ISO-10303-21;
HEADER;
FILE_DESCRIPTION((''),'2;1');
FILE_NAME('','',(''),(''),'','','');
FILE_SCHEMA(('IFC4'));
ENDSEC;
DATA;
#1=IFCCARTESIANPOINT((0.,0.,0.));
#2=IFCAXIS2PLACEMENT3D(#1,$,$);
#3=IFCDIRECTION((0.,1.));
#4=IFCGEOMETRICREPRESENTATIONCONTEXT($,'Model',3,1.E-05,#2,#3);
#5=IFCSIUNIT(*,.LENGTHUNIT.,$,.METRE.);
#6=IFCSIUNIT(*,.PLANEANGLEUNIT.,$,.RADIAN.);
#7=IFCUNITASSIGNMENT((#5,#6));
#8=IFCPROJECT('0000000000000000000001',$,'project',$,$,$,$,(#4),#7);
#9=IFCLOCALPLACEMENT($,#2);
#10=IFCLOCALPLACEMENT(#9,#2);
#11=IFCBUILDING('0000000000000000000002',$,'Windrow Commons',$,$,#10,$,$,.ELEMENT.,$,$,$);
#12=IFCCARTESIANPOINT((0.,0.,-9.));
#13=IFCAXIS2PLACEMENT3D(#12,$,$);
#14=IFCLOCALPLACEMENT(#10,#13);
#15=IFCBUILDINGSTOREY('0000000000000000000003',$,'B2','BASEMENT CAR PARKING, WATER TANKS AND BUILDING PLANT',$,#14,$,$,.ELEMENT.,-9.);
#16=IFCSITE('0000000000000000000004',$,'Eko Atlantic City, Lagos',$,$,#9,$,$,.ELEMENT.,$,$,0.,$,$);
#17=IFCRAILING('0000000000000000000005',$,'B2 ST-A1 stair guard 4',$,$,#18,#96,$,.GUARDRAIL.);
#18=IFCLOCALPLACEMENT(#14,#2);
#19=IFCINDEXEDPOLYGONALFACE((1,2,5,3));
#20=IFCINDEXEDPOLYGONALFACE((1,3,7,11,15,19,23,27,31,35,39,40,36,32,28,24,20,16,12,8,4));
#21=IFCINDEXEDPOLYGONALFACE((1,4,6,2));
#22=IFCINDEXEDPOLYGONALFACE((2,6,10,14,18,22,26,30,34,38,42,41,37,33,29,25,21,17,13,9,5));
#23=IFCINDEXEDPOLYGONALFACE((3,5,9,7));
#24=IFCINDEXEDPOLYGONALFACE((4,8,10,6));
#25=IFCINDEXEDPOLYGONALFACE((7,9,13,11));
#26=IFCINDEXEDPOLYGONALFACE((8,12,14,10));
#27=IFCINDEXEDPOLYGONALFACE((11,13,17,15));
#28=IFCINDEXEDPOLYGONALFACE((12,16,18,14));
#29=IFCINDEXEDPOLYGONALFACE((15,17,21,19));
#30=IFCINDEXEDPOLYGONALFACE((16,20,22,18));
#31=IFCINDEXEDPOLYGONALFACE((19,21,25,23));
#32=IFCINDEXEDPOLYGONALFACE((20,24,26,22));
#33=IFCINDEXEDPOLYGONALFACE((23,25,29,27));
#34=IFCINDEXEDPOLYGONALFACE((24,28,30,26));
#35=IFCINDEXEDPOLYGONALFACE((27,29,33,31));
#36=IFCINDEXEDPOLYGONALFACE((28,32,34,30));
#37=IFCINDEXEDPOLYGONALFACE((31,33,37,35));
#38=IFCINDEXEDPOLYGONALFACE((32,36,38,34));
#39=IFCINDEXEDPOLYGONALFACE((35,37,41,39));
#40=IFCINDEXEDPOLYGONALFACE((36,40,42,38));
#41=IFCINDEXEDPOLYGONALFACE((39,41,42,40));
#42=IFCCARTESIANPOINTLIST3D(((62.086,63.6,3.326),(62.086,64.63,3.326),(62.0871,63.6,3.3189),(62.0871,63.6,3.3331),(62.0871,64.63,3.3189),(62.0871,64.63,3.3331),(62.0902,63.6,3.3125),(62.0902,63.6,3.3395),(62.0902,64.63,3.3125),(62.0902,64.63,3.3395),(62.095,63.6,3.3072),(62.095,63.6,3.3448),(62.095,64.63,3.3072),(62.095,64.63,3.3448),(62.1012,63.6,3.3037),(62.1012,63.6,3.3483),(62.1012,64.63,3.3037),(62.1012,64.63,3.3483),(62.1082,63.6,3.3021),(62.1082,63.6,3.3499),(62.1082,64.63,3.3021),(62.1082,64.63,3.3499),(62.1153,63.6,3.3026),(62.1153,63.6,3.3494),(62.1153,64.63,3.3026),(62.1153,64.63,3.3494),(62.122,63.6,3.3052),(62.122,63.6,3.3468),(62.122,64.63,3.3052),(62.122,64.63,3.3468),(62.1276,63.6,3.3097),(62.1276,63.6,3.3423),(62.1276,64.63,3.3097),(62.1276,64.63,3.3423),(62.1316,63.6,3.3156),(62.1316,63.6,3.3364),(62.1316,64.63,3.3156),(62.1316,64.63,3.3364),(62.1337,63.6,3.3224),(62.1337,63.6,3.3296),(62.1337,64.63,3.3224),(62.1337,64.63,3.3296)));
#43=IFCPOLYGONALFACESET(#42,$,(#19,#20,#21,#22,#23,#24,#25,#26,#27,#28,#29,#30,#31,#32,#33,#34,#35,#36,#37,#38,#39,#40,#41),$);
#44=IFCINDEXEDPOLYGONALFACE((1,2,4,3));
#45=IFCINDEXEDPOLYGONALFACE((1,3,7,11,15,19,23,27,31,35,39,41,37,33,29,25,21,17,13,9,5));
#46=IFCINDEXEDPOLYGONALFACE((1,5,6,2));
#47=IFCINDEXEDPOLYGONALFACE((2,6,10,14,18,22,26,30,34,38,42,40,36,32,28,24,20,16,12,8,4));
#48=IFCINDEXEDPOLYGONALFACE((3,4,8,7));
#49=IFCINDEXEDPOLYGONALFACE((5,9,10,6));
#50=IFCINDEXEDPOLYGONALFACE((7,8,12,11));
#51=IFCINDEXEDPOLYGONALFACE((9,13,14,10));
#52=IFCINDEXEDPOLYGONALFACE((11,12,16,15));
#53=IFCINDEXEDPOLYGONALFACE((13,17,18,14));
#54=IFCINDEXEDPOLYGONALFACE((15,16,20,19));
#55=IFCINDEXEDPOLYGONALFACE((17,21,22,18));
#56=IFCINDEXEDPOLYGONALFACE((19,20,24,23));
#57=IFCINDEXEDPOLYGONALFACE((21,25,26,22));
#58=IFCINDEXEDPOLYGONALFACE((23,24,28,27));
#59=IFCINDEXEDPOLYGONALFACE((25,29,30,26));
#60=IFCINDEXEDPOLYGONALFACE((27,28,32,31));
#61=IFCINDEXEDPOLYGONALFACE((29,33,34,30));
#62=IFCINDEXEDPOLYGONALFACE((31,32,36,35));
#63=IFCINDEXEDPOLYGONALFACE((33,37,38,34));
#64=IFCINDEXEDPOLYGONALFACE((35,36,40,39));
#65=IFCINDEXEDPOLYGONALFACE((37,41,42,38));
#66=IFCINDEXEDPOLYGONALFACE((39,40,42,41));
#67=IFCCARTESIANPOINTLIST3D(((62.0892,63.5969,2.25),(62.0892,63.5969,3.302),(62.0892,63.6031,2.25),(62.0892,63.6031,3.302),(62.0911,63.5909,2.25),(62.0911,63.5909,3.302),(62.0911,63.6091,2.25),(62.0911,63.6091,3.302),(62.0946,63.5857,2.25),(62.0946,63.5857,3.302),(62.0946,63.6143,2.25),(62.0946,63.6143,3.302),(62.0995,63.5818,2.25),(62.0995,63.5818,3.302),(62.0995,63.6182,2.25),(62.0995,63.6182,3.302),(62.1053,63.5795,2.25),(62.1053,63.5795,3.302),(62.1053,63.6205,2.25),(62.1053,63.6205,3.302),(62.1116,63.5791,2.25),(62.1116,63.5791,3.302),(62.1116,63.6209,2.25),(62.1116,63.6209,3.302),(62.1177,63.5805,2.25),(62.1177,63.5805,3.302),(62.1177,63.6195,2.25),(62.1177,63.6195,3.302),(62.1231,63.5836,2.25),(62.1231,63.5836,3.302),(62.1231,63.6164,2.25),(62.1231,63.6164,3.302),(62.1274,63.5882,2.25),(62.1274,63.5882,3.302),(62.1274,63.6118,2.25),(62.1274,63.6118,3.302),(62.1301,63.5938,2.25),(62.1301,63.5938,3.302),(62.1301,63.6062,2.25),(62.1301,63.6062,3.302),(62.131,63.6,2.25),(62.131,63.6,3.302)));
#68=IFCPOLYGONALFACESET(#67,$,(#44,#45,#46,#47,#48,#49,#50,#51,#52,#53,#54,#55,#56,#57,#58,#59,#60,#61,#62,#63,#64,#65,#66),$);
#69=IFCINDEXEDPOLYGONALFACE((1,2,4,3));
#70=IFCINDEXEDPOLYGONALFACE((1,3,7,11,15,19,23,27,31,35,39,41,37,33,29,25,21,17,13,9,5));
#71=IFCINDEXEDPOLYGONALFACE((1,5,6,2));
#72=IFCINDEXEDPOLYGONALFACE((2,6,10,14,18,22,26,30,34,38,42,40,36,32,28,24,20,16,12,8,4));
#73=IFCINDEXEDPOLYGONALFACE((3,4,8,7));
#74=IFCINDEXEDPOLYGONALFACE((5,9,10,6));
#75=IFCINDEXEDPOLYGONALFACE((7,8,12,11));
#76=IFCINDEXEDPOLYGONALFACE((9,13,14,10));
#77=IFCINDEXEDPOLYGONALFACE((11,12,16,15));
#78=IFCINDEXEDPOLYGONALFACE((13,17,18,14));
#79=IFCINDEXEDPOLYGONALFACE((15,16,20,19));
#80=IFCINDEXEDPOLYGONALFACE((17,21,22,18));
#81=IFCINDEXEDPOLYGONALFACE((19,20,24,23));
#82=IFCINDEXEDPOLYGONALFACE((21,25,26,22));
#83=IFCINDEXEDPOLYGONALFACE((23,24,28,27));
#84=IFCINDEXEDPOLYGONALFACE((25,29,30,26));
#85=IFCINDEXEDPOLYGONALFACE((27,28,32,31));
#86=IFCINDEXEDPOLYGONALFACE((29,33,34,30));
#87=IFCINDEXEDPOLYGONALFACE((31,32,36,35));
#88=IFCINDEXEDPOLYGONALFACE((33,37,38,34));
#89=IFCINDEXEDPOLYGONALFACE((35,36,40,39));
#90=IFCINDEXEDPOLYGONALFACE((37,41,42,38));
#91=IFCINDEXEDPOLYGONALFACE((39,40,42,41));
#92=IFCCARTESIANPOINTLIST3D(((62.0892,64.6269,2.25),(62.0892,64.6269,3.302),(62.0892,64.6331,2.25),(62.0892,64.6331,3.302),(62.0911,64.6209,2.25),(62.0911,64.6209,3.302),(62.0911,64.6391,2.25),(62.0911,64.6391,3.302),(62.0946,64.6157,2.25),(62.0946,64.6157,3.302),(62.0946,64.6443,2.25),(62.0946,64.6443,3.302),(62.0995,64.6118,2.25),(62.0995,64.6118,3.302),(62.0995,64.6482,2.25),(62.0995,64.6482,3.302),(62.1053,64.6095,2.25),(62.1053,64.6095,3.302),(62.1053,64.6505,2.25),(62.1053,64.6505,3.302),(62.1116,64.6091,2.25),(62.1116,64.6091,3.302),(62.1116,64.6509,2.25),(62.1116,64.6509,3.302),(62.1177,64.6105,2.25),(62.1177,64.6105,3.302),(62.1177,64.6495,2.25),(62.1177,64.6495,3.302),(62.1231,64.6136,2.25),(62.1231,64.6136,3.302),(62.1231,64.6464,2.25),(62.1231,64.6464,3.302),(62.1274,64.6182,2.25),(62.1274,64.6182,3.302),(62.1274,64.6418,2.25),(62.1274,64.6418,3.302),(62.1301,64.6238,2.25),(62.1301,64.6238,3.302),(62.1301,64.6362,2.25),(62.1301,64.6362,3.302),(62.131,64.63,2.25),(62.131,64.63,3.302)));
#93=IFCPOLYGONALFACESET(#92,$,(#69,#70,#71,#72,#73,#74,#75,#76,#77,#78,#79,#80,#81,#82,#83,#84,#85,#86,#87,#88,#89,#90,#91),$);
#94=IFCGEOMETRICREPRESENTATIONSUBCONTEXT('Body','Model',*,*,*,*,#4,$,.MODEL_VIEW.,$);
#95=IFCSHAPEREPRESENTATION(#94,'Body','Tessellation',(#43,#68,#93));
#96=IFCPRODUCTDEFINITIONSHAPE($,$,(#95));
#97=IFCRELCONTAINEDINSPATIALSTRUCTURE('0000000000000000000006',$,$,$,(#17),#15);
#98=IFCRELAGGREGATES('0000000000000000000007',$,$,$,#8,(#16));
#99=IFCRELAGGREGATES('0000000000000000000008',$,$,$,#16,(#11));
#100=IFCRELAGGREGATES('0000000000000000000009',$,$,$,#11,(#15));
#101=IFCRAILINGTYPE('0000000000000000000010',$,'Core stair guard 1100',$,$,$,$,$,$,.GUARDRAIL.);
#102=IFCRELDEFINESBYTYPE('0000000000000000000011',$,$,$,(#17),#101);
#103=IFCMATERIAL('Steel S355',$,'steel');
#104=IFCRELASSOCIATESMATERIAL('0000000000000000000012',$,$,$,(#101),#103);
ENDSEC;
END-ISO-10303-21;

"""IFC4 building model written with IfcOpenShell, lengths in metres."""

from ifc_helpers import new_model, si_unit, direction, frame, origin, origin_2d, place, context, subcontext, project, spatial, circle, extrude, material, type_object, element, save


model = new_model("IFC4")

# Units and contexts
model_context = context("Model", 3, precision=1e-05, world=origin(), true_north=direction((0.0, 1.0)))
body_context = subcontext(model_context, "Body", "Model", "MODEL_VIEW")
ifc_project = project(units=[si_unit("LENGTHUNIT", "METRE"), si_unit("PLANEANGLEUNIT", "RADIAN")], contexts=[model_context])

# Site, building, storey
site_placement = place(None, origin())
site = spatial("IfcSite", under=ifc_project, at=site_placement, Name="Eko Atlantic City, Lagos", CompositionType="ELEMENT", RefElevation=0.0)
building_placement = place(site_placement, origin())
building = spatial("IfcBuilding", under=site, at=building_placement, Name="Windrow Commons", CompositionType="ELEMENT")
storey_placement = place(building_placement, frame((0.0, 0.0, -9.0)))
storey = spatial("IfcBuildingStorey", under=building, at=storey_placement, Name="B2", Description="BASEMENT CAR PARKING, WATER TANKS AND BUILDING PLANT", CompositionType="ELEMENT", Elevation=-9.0)

# Railing
ifc_material_1 = material(Name="Steel S355", Category="steel")
railing_type_1 = type_object("IfcRailingType", Name="Core stair guard 1100", PredefinedType="GUARDRAIL", material=ifc_material_1)
railing_1_placement = place(storey_placement, frame((62.11, 63.6, 2.25)))
element("IfcRailing", 1, at=railing_1_placement, inside=storey, type_object=railing_type_1, Name="B2 ST-A1 stair guard 4", PredefinedType="GUARDRAIL", context=body_context, shape_type="SweptSolid", body=[
    extrude(circle(Radius=0.024, at=origin_2d()), frame((0.0, 0.0, 1.076), z_axis=(0.0, 1.0, 0.0), x_axis=(-1.0, 0.0, 0.0)), (0.0, 0.0, 1.0), 1.03),
    extrude(circle(Radius=0.021, at=origin_2d()), origin(), (0.0, 0.0, 1.0), 1.052),
    extrude(circle(Radius=0.021, at=origin_2d()), frame((0.0, 1.03, 0.0)), (0.0, 0.0, 1.0), 1.052),
])

save(model, "model.ifc")
